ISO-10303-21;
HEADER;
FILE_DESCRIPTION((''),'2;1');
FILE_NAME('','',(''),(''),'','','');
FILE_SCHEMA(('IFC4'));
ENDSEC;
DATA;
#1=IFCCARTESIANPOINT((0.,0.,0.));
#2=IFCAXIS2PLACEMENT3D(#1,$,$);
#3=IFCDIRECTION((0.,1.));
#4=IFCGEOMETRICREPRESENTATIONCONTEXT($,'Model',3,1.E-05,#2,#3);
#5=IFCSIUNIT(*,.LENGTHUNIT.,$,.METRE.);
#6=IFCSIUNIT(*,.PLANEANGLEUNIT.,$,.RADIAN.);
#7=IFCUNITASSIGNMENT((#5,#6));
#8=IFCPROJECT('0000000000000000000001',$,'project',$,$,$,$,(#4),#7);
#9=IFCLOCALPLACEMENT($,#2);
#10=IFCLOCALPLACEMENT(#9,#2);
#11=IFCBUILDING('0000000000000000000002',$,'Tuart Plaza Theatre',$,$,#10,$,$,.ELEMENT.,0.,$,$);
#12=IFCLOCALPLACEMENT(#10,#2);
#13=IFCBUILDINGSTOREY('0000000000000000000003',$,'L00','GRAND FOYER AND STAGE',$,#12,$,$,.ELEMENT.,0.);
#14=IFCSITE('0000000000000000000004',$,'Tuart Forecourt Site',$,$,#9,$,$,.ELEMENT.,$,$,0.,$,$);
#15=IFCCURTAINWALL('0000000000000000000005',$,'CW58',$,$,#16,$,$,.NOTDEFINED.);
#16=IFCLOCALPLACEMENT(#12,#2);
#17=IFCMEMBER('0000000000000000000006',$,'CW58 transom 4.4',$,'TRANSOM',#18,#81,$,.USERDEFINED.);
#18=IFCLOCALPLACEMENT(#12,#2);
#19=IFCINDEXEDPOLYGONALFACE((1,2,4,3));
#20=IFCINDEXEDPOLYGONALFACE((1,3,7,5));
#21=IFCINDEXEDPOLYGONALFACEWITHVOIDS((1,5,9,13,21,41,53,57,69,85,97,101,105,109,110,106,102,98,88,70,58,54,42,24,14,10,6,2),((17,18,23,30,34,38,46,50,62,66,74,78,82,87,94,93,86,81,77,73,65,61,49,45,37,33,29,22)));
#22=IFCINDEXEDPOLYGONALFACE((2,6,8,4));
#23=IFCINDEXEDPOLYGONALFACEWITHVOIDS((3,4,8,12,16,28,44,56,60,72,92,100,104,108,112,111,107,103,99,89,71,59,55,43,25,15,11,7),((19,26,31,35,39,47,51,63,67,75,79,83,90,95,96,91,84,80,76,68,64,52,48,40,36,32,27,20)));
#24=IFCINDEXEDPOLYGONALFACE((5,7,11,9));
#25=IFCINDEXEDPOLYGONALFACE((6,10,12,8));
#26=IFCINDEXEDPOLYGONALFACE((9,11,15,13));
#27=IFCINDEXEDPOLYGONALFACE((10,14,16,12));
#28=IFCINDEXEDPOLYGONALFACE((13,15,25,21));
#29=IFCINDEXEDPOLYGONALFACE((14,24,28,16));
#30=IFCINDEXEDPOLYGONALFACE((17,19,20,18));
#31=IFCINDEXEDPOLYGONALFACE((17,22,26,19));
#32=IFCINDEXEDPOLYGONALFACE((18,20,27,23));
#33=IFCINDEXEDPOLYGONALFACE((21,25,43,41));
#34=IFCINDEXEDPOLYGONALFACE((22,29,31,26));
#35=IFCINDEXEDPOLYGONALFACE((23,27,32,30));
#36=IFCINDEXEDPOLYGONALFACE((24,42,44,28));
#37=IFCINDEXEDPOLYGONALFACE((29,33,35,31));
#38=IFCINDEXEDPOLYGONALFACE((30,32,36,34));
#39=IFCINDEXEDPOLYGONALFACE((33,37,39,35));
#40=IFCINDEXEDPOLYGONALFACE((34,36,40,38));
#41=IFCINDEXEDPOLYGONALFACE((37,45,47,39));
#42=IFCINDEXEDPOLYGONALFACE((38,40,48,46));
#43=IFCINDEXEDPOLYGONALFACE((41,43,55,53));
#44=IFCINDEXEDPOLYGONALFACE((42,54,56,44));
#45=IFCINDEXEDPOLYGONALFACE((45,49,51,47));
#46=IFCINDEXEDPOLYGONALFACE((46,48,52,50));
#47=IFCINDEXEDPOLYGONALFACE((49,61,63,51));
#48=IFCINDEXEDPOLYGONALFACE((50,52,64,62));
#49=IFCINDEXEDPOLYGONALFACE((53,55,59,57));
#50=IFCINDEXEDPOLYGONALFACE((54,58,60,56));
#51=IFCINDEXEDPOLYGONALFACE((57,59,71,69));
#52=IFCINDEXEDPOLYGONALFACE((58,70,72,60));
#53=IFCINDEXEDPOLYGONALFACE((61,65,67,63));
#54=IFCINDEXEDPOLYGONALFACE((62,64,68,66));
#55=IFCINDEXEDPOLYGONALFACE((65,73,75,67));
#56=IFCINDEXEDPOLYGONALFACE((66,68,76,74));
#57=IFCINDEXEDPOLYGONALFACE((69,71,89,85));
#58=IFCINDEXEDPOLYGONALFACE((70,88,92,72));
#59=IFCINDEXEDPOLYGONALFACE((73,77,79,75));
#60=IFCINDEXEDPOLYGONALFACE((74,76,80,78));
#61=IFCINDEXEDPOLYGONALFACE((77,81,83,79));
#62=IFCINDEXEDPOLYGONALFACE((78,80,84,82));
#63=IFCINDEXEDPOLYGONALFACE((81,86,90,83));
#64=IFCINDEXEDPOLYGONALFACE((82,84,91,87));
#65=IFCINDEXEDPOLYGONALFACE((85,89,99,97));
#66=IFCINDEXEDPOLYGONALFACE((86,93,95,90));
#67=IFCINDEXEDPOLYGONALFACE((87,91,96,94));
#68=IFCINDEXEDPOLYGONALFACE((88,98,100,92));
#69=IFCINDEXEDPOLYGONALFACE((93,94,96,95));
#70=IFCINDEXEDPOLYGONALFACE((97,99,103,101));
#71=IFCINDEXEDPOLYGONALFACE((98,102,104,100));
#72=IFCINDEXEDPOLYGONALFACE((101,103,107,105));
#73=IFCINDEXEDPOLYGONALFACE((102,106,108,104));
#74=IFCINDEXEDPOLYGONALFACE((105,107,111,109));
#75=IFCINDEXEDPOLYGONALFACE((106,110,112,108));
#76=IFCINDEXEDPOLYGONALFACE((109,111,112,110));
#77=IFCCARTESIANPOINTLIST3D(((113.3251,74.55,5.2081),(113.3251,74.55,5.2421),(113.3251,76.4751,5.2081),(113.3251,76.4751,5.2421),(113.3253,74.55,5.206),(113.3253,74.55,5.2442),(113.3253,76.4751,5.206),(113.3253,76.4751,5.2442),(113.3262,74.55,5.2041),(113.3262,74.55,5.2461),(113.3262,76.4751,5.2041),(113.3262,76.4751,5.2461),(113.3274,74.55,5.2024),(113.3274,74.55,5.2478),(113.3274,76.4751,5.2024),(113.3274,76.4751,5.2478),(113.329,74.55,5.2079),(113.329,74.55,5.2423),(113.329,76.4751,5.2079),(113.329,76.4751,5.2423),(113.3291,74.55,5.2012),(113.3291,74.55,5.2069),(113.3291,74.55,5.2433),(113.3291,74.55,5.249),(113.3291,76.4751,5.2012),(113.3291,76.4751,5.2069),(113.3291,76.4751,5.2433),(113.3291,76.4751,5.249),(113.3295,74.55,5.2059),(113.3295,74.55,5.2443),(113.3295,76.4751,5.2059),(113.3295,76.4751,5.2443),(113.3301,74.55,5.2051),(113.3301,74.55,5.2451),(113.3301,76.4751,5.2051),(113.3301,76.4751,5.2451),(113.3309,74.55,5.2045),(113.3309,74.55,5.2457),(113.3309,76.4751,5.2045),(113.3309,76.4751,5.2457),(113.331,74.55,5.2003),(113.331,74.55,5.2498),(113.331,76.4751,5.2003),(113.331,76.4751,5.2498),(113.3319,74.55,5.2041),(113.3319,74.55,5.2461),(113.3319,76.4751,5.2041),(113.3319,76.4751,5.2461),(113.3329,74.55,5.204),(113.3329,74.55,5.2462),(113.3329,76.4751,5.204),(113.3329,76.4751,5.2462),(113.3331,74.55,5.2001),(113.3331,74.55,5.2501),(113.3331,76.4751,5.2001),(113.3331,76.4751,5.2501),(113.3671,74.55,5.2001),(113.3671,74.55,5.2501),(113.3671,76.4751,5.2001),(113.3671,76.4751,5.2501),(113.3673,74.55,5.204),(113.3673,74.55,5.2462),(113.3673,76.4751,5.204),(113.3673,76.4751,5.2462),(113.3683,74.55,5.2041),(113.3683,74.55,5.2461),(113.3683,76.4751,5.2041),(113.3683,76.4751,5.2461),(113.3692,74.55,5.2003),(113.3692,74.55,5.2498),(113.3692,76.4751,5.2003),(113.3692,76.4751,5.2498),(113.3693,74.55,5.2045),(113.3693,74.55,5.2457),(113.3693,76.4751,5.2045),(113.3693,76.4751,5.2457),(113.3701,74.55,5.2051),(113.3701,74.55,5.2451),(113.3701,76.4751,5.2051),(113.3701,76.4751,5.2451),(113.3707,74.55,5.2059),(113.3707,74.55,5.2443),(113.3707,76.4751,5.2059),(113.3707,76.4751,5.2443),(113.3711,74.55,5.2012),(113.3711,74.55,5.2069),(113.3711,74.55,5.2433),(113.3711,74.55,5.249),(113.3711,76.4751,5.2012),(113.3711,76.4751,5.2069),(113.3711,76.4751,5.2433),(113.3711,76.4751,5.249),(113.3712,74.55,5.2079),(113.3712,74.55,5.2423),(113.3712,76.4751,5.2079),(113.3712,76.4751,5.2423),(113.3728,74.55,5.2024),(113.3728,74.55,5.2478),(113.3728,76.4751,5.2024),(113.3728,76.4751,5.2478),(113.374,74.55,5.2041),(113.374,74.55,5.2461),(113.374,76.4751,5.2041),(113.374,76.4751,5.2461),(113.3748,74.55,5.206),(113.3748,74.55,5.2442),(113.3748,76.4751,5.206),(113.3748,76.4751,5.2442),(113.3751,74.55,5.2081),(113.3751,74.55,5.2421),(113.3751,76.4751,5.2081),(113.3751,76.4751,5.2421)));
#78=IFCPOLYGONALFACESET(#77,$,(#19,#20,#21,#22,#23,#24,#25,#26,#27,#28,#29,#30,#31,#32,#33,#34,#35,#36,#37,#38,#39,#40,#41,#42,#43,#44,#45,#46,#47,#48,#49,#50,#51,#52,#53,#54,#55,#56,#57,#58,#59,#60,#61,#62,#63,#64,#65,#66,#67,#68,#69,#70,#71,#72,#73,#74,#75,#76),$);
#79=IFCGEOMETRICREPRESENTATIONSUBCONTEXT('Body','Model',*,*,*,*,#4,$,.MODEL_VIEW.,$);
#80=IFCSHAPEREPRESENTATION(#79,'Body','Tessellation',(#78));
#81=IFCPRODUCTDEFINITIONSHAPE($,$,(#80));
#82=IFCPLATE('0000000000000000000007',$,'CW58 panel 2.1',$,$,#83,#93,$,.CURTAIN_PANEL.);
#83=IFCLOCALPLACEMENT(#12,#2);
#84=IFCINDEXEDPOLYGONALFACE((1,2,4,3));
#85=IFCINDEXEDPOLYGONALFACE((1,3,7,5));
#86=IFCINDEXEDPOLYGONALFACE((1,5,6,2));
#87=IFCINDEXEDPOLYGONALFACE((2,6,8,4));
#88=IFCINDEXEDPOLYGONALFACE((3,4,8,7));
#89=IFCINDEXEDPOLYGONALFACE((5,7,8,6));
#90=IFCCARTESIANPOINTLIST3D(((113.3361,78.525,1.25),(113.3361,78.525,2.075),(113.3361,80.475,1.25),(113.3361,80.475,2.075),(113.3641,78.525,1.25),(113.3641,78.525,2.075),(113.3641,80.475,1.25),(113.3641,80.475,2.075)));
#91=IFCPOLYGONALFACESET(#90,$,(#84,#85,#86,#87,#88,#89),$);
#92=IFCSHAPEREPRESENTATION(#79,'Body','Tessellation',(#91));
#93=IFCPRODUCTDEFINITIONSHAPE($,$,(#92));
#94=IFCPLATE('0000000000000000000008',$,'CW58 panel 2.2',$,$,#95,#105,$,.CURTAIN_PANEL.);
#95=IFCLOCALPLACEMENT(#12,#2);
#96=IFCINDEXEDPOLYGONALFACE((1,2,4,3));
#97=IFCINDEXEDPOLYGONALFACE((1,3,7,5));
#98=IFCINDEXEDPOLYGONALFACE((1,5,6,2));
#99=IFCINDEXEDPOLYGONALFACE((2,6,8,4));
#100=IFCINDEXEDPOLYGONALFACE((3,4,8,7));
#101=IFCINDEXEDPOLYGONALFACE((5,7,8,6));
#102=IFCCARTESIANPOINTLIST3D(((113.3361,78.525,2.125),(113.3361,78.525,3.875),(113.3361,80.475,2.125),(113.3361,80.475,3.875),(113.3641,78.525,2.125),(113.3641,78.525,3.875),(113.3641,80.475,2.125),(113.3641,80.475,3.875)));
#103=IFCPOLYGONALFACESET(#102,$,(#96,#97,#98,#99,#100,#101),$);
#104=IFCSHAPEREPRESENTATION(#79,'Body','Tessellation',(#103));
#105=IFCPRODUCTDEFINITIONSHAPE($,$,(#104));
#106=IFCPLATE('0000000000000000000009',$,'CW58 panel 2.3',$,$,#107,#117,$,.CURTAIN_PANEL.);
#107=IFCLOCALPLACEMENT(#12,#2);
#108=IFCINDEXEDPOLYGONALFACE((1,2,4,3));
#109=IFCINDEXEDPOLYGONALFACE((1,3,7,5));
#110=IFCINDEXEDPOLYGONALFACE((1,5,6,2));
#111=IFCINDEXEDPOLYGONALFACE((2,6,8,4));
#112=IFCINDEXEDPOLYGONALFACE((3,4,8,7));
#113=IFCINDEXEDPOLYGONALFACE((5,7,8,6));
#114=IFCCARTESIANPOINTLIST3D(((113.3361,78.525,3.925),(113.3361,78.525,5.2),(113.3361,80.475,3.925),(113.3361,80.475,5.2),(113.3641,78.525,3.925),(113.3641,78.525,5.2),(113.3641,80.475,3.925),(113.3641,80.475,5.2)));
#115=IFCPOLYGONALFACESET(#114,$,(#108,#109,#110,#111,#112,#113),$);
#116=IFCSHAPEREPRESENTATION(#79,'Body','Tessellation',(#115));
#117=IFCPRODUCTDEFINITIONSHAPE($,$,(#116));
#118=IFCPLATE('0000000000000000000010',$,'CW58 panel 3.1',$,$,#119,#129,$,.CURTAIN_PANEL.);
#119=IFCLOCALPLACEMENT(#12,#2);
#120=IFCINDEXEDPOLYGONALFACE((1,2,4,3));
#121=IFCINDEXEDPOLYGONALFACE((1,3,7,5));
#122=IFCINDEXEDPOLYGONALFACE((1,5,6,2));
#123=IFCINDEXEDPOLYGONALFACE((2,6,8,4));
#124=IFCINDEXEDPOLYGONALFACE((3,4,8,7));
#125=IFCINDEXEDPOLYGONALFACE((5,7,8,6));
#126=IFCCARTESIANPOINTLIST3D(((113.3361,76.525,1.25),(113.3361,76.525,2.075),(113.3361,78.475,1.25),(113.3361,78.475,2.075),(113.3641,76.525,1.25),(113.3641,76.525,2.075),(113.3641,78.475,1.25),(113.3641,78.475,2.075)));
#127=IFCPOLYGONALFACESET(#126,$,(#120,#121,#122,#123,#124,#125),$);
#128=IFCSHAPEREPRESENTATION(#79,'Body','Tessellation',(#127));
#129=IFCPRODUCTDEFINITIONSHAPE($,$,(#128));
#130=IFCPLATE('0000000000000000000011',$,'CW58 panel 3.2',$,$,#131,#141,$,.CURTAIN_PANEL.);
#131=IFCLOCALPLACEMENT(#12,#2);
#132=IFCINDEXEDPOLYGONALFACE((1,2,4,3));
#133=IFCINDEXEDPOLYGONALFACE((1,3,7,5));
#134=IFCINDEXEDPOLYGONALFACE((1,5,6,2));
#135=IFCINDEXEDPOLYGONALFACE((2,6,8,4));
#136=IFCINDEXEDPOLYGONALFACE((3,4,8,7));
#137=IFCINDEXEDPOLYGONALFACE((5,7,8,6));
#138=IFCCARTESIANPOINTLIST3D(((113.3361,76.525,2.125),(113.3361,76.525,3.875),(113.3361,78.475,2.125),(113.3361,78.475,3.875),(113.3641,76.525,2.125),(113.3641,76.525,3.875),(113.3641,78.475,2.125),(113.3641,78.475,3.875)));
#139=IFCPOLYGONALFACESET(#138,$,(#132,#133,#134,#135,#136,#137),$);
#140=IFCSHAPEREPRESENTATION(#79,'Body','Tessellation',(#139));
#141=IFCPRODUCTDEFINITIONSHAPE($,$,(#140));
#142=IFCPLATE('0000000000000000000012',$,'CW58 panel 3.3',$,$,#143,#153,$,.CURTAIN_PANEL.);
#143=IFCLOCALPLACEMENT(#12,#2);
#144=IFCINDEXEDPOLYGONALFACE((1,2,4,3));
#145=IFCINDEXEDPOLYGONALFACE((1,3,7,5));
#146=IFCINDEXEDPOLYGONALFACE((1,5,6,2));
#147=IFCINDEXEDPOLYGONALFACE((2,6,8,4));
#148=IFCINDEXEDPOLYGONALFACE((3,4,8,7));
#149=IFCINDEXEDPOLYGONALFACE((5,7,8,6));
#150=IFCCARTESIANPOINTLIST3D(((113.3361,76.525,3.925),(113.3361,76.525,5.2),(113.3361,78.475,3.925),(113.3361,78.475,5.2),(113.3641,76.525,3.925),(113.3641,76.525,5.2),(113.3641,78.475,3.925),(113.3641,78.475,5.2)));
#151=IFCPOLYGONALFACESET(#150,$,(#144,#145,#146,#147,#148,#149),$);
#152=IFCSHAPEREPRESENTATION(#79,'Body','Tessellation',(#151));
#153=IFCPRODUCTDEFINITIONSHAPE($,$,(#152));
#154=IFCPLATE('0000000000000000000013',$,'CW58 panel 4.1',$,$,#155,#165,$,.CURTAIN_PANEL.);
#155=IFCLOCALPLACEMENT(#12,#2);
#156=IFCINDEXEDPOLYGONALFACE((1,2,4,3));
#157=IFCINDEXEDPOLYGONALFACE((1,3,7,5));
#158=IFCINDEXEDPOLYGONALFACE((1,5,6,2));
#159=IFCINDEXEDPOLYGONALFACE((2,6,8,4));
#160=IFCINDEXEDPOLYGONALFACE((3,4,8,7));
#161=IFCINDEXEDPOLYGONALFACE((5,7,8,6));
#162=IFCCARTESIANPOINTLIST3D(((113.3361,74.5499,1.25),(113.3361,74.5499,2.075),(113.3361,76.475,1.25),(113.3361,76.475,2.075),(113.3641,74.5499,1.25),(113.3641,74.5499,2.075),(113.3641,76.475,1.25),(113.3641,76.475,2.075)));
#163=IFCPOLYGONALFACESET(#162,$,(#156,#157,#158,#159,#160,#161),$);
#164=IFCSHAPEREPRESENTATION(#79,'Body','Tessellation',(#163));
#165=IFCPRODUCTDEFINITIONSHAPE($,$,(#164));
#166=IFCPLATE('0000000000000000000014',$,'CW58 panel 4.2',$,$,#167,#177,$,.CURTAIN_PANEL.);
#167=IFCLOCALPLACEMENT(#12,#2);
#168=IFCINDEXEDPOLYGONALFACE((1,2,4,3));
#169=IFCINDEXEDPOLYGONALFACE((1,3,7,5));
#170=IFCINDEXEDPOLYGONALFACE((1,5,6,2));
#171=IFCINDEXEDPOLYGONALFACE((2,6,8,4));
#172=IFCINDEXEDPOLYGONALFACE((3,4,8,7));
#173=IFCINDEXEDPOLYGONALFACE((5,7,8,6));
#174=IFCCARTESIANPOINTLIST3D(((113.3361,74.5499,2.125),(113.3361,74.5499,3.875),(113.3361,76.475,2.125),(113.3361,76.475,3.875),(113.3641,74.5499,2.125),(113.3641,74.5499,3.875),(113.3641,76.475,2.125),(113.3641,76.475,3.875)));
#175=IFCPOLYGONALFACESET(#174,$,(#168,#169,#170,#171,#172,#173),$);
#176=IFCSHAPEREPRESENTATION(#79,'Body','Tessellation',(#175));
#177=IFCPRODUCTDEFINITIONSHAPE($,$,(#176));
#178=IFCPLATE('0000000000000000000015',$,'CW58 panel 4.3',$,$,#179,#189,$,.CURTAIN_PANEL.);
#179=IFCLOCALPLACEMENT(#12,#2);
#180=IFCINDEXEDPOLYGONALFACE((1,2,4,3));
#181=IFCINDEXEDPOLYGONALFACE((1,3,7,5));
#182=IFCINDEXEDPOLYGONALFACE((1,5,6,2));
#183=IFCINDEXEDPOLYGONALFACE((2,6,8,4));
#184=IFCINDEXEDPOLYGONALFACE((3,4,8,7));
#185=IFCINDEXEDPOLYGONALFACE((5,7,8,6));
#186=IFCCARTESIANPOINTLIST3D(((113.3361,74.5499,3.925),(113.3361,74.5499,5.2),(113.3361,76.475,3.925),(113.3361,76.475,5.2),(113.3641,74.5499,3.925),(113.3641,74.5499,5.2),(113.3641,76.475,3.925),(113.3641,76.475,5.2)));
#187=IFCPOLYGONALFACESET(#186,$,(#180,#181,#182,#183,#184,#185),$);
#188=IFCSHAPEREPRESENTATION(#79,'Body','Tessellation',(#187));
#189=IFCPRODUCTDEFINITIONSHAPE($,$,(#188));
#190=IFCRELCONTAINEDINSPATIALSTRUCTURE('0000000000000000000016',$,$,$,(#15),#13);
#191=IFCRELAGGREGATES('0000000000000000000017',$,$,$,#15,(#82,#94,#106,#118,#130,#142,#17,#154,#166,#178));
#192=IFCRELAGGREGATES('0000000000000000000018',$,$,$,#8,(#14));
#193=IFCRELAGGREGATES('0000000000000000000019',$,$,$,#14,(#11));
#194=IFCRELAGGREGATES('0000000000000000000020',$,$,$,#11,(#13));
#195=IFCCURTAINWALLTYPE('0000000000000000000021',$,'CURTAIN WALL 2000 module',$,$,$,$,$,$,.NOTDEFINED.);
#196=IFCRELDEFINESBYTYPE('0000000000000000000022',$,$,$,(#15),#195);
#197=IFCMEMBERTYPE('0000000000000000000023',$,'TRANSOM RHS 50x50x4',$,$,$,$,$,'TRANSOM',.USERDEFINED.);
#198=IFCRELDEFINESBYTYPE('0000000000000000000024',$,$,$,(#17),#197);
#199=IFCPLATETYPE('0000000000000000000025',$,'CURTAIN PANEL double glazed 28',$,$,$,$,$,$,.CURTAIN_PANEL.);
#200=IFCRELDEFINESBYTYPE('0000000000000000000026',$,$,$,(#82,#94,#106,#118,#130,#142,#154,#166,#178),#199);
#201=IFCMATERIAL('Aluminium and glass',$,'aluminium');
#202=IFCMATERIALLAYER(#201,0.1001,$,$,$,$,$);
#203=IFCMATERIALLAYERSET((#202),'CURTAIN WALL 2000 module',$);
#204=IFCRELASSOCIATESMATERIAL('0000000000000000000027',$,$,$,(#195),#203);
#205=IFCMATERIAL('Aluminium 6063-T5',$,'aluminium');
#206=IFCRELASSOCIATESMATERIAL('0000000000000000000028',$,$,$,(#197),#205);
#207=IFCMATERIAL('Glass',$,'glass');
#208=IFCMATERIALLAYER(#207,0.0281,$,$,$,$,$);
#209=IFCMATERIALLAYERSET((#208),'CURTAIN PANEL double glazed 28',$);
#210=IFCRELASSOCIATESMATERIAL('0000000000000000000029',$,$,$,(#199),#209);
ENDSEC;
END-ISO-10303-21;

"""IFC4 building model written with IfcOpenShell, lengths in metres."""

from ifc_helpers import new_model, si_unit, direction, frame, origin, origin_2d, place, context, subcontext, project, spatial, rectangle, hollow_rectangle, extrude, material, layer, layer_set, material_profile, profile_set, type_object, element, aggregate, save


model = new_model("IFC4")

# Units and contexts
model_context = context("Model", 3, precision=1e-05, world=origin(), true_north=direction((0.0, 1.0)))
body_context = subcontext(model_context, "Body", "Model", "MODEL_VIEW")
ifc_project = project(units=[si_unit("LENGTHUNIT", "METRE"), si_unit("PLANEANGLEUNIT", "RADIAN")], contexts=[model_context])

# Site, building, storey
site_placement = place(None, origin())
site = spatial("IfcSite", under=ifc_project, at=site_placement, Name="Tuart Forecourt Site", CompositionType="ELEMENT", RefElevation=0.0)
building_placement = place(site_placement, origin())
building = spatial("IfcBuilding", under=site, at=building_placement, Name="Tuart Plaza Theatre", CompositionType="ELEMENT", ElevationOfRefHeight=0.0)
storey_placement = place(building_placement, origin())
storey = spatial("IfcBuildingStorey", under=building, at=storey_placement, Name="L00", Description="GRAND FOYER AND STAGE", CompositionType="ELEMENT", Elevation=0.0)

# Curtain wall, member, plates
ifc_material_1 = material(Name="Aluminium and glass", Category="aluminium")
ifc_layer_1 = layer(ifc_material_1, 0.1001)
ifc_layer_set_1 = layer_set([ifc_layer_1], Name="CURTAIN WALL 2000 module")
curtain_wall_type = type_object("IfcCurtainWallType", Name="CURTAIN WALL 2000 module", PredefinedType="NOTDEFINED", material=ifc_layer_set_1)
curtain_wall_placement = place(storey_placement, origin())
curtain_wall = element("IfcCurtainWall", 1, at=curtain_wall_placement, inside=storey, type_object=curtain_wall_type, Name="CW58", PredefinedType="NOTDEFINED")
ifc_material_2 = material(Name="Aluminium 6063-T5", Category="aluminium")
ifc_material_profile_1 = material_profile(ifc_material_2, hollow_rectangle(XDim=0.05, YDim=0.05, WallThickness=0.0039, InnerFilletRadius=0.0039, OuterFilletRadius=0.0081, at=origin_2d()), Name="RHS 50x50x4")
ifc_profile_set_1 = profile_set([ifc_material_profile_1], Name="Aluminium 6063-T5")
member_type_1 = type_object("IfcMemberType", Name="TRANSOM RHS 50x50x4", ElementType="TRANSOM", PredefinedType="USERDEFINED", material=ifc_profile_set_1)
member_1_placement = place(storey_placement, frame((113.3501, 76.4751, 5.2251), z_axis=(0.0, -1.0, 0.0), x_axis=(1.0, 0.0, 0.0)))
member_1 = element("IfcMember", 2, at=member_1_placement, type_object=member_type_1, Name="CW58 transom 4.4", ObjectType="TRANSOM", PredefinedType="USERDEFINED", context=body_context, shape_type="SweptSolid", body=[
    extrude(hollow_rectangle(XDim=0.05, YDim=0.05, WallThickness=0.0039, InnerFilletRadius=0.0039, OuterFilletRadius=0.0081, at=origin_2d()), origin(), (0.0, 0.0, 1.0), 1.925),
])
ifc_material_3 = material(Name="Glass", Category="glass")
ifc_layer_2 = layer(ifc_material_3, 0.0281)
ifc_layer_set_2 = layer_set([ifc_layer_2], Name="CURTAIN PANEL double glazed 28")
plate_type = type_object("IfcPlateType", Name="CURTAIN PANEL double glazed 28", PredefinedType="CURTAIN_PANEL", material=ifc_layer_set_2)
plate_1_placement = place(storey_placement, frame((113.3501, 79.5, 1.25), z_axis=(0.0, 0.0, 1.0), x_axis=(0.0, -1.0, 0.0)))
plate_1 = element("IfcPlate", 3, at=plate_1_placement, type_object=plate_type, Name="CW58 panel 2.1", PredefinedType="CURTAIN_PANEL", context=body_context, shape_type="SweptSolid", body=[
    extrude(rectangle(XDim=1.95, YDim=0.0281, at=origin_2d()), origin(), (0.0, 0.0, 1.0), 0.825),
])
plate_2_placement = place(storey_placement, frame((113.3501, 79.5, 2.125), z_axis=(0.0, 0.0, 1.0), x_axis=(0.0, -1.0, 0.0)))
plate_2 = element("IfcPlate", 4, at=plate_2_placement, type_object=plate_type, Name="CW58 panel 2.2", PredefinedType="CURTAIN_PANEL", context=body_context, shape_type="SweptSolid", body=[
    extrude(rectangle(XDim=1.95, YDim=0.0281, at=origin_2d()), origin(), (0.0, 0.0, 1.0), 1.75),
])
plate_3_placement = place(storey_placement, frame((113.3501, 79.5, 3.925), z_axis=(0.0, 0.0, 1.0), x_axis=(0.0, -1.0, 0.0)))
plate_3 = element("IfcPlate", 5, at=plate_3_placement, type_object=plate_type, Name="CW58 panel 2.3", PredefinedType="CURTAIN_PANEL", context=body_context, shape_type="SweptSolid", body=[
    extrude(rectangle(XDim=1.95, YDim=0.0281, at=origin_2d()), origin(), (0.0, 0.0, 1.0), 1.2749),
])
plate_4_placement = place(storey_placement, frame((113.3501, 77.5, 1.25), z_axis=(0.0, 0.0, 1.0), x_axis=(0.0, -1.0, 0.0)))
plate_4 = element("IfcPlate", 6, at=plate_4_placement, type_object=plate_type, Name="CW58 panel 3.1", PredefinedType="CURTAIN_PANEL", context=body_context, shape_type="SweptSolid", body=[
    extrude(rectangle(XDim=1.95, YDim=0.0281, at=origin_2d()), origin(), (0.0, 0.0, 1.0), 0.825),
])
plate_5_placement = place(storey_placement, frame((113.3501, 77.5, 2.125), z_axis=(0.0, 0.0, 1.0), x_axis=(0.0, -1.0, 0.0)))
plate_5 = element("IfcPlate", 7, at=plate_5_placement, type_object=plate_type, Name="CW58 panel 3.2", PredefinedType="CURTAIN_PANEL", context=body_context, shape_type="SweptSolid", body=[
    extrude(rectangle(XDim=1.95, YDim=0.0281, at=origin_2d()), origin(), (0.0, 0.0, 1.0), 1.75),
])
plate_6_placement = place(storey_placement, frame((113.3501, 77.5, 3.925), z_axis=(0.0, 0.0, 1.0), x_axis=(0.0, -1.0, 0.0)))
plate_6 = element("IfcPlate", 8, at=plate_6_placement, type_object=plate_type, Name="CW58 panel 3.3", PredefinedType="CURTAIN_PANEL", context=body_context, shape_type="SweptSolid", body=[
    extrude(rectangle(XDim=1.95, YDim=0.0281, at=origin_2d()), origin(), (0.0, 0.0, 1.0), 1.2749),
])
plate_7_placement = place(storey_placement, frame((113.3501, 75.5125, 1.25), z_axis=(0.0, 0.0, 1.0), x_axis=(0.0, -1.0, 0.0)))
plate_7 = element("IfcPlate", 9, at=plate_7_placement, type_object=plate_type, Name="CW58 panel 4.1", PredefinedType="CURTAIN_PANEL", context=body_context, shape_type="SweptSolid", body=[
    extrude(rectangle(XDim=1.925, YDim=0.0281, at=origin_2d()), origin(), (0.0, 0.0, 1.0), 0.825),
])
plate_8_placement = place(storey_placement, frame((113.3501, 75.5125, 2.125), z_axis=(0.0, 0.0, 1.0), x_axis=(0.0, -1.0, 0.0)))
plate_8 = element("IfcPlate", 10, at=plate_8_placement, type_object=plate_type, Name="CW58 panel 4.2", PredefinedType="CURTAIN_PANEL", context=body_context, shape_type="SweptSolid", body=[
    extrude(rectangle(XDim=1.925, YDim=0.0281, at=origin_2d()), origin(), (0.0, 0.0, 1.0), 1.75),
])
plate_9_placement = place(storey_placement, frame((113.3501, 75.5125, 3.925), z_axis=(0.0, 0.0, 1.0), x_axis=(0.0, -1.0, 0.0)))
plate_9 = element("IfcPlate", 11, at=plate_9_placement, type_object=plate_type, Name="CW58 panel 4.3", PredefinedType="CURTAIN_PANEL", context=body_context, shape_type="SweptSolid", body=[
    extrude(rectangle(XDim=1.925, YDim=0.0281, at=origin_2d()), origin(), (0.0, 0.0, 1.0), 1.2749),
])
aggregate(curtain_wall, [plate_1, plate_2, plate_3, plate_4, plate_5, plate_6, member_1, plate_7, plate_8, plate_9])

save(model, "model.ifc")
